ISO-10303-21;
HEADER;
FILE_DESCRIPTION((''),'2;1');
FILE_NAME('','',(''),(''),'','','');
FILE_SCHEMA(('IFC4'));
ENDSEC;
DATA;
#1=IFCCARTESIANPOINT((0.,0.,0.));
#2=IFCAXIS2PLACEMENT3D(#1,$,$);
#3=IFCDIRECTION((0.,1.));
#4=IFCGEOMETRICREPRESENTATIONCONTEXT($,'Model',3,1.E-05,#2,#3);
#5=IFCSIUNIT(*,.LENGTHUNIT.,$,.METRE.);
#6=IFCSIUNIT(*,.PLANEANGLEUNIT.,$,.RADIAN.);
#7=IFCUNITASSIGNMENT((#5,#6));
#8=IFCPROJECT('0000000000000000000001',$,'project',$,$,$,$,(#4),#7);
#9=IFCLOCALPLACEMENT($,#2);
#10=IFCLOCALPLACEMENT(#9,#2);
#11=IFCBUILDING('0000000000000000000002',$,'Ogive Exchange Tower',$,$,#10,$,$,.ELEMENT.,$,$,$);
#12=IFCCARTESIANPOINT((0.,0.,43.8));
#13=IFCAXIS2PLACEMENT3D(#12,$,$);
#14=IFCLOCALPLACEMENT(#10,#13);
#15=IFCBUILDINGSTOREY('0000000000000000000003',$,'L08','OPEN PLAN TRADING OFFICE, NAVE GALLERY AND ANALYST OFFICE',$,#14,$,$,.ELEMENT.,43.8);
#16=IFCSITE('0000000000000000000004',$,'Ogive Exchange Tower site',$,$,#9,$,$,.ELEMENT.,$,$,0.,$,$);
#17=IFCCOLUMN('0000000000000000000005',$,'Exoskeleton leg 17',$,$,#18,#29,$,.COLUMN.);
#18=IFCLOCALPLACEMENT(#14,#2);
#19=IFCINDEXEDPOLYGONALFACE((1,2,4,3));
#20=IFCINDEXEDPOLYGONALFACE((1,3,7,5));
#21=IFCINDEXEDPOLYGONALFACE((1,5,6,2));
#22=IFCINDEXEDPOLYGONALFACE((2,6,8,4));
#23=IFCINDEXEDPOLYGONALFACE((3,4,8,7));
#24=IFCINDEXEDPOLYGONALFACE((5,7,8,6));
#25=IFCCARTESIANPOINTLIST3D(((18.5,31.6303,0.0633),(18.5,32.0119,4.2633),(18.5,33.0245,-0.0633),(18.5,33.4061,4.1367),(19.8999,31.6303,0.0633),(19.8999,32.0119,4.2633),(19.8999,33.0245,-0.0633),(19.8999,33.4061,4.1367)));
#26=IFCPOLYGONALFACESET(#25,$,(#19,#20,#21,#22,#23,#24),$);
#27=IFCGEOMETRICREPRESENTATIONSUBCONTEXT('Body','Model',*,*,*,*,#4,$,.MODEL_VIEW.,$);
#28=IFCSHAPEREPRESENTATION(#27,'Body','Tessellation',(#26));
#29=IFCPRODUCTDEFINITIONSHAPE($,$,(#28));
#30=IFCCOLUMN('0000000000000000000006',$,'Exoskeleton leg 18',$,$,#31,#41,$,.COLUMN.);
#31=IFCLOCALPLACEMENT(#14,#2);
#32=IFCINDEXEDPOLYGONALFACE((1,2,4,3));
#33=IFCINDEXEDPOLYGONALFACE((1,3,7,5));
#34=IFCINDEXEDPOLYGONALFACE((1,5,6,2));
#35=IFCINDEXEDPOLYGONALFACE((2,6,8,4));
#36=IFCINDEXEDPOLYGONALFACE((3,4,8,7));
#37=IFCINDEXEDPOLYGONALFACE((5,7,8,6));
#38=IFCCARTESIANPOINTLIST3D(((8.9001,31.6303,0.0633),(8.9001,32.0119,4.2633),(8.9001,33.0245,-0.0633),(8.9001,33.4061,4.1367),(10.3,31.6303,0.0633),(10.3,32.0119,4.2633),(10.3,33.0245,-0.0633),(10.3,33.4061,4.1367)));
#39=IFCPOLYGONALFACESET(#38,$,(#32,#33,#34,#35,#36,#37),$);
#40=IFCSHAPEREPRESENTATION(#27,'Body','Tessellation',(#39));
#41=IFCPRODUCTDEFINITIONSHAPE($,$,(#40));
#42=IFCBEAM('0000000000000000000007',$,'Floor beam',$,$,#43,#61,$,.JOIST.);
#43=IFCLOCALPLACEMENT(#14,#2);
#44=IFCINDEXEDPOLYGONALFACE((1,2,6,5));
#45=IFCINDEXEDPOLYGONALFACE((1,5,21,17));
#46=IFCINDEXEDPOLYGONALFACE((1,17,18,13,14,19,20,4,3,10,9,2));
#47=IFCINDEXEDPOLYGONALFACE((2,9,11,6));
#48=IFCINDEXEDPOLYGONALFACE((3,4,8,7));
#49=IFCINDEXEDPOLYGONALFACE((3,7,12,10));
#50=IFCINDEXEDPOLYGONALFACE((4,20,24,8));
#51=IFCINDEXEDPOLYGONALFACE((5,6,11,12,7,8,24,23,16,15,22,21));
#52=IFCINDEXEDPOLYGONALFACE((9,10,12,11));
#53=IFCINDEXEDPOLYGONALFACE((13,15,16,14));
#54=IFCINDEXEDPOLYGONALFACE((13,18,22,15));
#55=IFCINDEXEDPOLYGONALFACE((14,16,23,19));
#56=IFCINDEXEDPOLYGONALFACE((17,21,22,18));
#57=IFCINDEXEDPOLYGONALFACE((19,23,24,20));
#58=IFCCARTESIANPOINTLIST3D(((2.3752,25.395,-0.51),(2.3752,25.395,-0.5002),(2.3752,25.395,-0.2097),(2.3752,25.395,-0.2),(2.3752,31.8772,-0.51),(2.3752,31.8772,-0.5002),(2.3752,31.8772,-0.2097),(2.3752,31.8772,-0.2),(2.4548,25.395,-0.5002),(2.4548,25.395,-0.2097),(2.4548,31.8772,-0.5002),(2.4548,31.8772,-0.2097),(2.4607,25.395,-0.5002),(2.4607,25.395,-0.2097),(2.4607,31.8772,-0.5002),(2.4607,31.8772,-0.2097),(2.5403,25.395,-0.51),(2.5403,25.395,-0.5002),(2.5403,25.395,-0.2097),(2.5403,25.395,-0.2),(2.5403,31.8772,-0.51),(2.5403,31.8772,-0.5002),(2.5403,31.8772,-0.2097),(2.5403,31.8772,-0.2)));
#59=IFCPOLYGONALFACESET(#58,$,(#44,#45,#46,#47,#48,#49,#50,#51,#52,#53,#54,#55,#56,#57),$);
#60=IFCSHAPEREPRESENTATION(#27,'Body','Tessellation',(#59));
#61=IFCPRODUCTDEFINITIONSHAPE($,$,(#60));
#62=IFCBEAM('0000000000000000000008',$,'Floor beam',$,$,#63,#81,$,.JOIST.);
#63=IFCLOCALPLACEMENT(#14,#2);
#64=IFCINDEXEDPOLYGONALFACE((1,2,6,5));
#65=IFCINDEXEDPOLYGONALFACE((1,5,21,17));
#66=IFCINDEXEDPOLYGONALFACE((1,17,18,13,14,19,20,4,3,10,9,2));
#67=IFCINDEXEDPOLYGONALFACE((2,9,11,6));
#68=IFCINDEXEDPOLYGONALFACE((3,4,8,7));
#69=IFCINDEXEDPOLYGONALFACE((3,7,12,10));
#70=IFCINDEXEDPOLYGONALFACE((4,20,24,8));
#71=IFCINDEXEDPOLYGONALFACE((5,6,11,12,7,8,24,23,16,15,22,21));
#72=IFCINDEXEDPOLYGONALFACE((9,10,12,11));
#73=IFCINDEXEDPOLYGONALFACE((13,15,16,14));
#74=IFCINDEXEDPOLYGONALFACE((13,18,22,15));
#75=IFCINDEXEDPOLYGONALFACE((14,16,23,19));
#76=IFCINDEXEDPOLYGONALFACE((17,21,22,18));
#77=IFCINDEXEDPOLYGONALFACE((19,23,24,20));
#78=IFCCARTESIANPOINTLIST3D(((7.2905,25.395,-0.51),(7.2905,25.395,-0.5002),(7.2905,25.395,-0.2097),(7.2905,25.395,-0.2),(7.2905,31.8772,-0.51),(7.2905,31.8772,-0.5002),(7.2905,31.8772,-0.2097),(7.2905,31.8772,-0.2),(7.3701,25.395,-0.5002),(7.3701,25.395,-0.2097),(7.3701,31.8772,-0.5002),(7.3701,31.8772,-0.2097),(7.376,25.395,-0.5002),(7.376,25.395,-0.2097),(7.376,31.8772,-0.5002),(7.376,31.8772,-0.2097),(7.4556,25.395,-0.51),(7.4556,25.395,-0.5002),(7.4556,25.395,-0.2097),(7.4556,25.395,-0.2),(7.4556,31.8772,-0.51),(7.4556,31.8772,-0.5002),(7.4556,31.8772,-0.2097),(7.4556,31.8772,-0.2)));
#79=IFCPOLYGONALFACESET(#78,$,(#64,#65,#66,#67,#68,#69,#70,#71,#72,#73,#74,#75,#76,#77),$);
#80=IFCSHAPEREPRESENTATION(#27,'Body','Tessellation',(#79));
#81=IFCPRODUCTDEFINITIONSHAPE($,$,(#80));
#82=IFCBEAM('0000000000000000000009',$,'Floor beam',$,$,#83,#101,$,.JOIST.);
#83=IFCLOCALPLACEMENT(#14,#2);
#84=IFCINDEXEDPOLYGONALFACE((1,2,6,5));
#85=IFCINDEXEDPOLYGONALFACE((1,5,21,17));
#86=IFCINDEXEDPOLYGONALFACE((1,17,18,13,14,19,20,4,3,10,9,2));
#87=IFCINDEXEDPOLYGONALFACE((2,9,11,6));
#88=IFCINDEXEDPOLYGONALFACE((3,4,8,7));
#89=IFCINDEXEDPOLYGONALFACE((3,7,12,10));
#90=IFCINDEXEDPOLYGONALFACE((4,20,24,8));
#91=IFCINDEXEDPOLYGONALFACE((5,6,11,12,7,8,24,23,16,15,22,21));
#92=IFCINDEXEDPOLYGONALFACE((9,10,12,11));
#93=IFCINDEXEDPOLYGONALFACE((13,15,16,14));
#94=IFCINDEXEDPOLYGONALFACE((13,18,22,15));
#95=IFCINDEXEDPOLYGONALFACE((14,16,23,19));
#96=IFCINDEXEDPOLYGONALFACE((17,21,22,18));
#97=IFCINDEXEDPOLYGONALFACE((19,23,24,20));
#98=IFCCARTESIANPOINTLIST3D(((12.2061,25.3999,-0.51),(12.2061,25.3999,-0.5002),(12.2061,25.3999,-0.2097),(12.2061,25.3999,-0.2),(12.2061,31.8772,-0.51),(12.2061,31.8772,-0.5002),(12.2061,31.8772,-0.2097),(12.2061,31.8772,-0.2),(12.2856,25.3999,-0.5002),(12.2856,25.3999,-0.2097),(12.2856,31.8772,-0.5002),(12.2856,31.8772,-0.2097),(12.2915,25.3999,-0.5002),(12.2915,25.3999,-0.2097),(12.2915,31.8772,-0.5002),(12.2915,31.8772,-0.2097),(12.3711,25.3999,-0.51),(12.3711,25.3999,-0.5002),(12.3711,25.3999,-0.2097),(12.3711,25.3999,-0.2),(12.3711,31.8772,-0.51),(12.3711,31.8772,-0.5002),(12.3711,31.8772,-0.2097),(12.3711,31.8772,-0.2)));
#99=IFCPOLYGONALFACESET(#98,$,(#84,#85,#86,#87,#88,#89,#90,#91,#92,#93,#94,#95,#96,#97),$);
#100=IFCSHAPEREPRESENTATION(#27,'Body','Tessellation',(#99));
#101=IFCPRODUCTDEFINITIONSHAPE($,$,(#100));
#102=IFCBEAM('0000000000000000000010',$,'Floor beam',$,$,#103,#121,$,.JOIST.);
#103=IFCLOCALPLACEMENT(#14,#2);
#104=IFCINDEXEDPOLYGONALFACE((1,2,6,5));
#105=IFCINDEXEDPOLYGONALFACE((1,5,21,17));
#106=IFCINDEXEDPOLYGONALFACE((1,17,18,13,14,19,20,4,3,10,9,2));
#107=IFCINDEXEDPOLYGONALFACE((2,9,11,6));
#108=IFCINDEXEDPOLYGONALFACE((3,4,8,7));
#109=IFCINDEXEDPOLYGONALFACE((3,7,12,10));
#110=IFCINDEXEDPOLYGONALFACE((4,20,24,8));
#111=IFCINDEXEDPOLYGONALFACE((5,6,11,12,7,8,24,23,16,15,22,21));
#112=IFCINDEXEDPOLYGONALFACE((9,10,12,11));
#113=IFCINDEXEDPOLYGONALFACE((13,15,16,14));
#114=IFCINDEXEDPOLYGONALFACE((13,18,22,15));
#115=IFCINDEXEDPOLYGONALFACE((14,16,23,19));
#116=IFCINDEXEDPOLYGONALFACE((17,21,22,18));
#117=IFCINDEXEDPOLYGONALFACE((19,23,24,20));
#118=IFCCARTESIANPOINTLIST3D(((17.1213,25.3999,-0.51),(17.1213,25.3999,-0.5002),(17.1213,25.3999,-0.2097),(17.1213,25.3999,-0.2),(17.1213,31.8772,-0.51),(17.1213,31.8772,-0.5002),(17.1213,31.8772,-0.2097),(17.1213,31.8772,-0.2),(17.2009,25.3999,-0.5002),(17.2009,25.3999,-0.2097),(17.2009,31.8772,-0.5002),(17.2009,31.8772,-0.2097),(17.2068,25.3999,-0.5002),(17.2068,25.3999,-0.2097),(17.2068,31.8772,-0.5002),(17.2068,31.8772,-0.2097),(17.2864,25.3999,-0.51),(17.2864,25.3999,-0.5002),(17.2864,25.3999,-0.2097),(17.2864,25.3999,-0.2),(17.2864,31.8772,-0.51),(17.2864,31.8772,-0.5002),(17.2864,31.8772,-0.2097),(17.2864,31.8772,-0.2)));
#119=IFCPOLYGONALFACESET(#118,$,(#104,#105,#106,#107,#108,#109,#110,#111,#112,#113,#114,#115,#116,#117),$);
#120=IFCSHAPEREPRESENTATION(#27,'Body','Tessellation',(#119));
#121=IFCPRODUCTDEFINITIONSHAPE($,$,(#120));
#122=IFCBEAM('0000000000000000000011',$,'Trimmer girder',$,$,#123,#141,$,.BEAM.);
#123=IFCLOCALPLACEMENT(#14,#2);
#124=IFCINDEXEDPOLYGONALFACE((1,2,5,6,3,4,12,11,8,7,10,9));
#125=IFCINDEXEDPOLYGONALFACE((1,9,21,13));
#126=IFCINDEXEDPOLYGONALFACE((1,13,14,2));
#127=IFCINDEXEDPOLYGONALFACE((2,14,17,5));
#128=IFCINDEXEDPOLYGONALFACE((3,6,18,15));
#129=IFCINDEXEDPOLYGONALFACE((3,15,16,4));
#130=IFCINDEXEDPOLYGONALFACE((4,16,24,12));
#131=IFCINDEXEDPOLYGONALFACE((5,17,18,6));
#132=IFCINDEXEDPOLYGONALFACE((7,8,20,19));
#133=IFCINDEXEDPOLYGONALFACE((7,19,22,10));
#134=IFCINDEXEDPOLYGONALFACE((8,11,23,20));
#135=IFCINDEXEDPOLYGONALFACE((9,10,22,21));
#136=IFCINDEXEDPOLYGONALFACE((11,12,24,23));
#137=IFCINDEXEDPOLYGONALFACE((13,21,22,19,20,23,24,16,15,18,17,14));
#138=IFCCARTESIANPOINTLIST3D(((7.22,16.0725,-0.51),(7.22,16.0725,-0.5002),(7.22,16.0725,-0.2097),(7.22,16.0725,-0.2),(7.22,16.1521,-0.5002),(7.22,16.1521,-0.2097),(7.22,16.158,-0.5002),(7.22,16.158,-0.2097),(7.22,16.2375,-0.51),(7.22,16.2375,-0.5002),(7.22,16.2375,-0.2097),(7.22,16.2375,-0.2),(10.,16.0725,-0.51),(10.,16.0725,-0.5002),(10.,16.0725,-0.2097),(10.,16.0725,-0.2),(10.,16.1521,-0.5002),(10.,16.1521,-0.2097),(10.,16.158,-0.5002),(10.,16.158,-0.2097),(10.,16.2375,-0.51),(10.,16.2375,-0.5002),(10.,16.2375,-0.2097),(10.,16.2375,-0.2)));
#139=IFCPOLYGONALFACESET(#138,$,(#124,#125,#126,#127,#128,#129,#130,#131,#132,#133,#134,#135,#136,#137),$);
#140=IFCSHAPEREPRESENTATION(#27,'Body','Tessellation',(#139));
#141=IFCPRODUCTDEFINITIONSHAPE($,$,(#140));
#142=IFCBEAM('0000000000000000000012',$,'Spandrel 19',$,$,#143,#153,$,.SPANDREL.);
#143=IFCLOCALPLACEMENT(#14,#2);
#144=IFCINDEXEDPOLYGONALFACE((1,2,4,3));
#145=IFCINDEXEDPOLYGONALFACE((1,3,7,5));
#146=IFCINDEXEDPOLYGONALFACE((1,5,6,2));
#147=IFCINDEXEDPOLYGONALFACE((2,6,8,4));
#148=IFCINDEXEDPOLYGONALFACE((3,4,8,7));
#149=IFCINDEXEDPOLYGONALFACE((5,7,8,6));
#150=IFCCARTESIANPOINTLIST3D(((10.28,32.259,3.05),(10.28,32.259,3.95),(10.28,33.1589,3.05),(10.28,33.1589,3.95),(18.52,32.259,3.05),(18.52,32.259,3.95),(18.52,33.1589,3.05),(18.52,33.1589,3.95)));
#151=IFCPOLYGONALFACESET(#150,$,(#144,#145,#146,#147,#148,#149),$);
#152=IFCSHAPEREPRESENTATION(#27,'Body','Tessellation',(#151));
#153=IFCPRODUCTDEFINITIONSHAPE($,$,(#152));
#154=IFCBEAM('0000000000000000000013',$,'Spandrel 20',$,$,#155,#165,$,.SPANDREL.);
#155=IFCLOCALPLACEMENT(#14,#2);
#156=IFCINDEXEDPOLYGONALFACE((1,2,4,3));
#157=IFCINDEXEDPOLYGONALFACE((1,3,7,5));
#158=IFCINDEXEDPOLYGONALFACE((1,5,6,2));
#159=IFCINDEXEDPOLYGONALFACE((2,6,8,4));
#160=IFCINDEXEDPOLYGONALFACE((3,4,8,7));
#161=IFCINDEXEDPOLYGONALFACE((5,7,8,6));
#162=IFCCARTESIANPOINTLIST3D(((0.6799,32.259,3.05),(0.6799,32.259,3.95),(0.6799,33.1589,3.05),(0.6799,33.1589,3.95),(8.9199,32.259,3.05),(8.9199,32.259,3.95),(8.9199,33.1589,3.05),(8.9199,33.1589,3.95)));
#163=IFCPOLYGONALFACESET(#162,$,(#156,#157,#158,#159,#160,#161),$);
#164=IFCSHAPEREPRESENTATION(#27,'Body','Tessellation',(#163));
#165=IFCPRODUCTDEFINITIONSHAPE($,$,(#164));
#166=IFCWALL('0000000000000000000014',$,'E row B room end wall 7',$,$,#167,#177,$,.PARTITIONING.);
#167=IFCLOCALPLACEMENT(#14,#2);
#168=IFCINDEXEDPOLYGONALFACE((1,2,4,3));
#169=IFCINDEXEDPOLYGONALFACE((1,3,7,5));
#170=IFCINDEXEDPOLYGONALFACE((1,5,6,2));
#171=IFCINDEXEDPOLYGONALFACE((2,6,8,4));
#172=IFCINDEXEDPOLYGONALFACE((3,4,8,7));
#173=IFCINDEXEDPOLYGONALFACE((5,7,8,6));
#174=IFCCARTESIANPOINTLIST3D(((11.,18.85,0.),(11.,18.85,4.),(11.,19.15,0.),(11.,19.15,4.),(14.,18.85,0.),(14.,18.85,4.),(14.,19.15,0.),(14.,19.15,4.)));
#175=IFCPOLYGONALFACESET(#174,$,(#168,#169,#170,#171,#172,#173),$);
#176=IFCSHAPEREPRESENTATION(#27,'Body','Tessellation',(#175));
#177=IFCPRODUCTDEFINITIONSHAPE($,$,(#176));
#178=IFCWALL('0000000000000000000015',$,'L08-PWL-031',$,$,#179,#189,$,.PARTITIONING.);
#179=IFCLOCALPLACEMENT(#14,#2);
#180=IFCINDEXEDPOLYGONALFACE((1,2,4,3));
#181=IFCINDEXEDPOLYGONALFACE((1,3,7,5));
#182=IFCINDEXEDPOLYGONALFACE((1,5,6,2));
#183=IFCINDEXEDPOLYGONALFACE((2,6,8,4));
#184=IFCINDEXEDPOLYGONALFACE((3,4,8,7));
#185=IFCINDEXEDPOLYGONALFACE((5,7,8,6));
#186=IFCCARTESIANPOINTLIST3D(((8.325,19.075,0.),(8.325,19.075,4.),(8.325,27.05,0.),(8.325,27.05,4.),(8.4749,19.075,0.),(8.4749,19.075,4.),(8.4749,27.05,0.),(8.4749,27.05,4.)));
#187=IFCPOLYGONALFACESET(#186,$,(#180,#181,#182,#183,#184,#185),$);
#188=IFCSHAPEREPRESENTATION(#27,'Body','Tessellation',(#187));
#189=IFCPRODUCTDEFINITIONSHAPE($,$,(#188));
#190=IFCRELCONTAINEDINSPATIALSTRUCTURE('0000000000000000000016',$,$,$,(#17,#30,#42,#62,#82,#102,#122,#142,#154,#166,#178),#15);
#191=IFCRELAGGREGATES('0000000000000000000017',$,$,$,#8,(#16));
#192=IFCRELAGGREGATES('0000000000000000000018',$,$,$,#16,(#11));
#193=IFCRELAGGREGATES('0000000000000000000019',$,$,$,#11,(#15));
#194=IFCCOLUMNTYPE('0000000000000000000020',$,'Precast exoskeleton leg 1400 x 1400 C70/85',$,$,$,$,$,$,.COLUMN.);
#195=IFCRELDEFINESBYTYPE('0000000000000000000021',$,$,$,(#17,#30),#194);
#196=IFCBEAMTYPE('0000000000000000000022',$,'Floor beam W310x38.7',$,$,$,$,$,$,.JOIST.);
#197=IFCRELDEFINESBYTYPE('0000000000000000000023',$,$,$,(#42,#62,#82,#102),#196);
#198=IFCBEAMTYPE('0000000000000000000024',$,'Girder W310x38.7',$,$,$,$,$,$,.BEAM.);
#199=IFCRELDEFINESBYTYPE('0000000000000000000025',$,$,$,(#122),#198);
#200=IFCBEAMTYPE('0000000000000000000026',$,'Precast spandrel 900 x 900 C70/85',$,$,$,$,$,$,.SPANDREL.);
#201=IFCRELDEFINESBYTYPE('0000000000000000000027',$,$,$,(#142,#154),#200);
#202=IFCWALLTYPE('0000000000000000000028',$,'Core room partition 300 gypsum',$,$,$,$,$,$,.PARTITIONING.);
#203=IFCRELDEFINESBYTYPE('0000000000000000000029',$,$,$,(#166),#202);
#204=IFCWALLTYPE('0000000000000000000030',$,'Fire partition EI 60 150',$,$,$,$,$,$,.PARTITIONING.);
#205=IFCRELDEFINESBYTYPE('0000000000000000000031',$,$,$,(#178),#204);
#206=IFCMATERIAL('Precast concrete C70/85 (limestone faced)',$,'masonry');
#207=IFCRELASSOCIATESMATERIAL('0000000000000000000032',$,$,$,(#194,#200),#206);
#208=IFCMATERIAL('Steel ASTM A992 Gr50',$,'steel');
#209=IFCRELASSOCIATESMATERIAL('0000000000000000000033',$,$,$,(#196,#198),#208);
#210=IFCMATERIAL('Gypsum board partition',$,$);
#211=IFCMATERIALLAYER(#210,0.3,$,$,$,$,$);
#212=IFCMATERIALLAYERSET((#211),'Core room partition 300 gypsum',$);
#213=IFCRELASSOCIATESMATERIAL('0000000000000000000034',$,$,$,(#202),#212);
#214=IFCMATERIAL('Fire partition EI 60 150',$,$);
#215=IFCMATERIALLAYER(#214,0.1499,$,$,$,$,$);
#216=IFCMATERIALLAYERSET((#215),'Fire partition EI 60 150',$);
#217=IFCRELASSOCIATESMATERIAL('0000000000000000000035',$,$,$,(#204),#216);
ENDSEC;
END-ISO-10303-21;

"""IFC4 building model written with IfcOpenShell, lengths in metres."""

from ifc_helpers import new_model, si_unit, direction, frame, frame_2d, origin, origin_2d, place, context, subcontext, project, spatial, rectangle, i_section, extrude, material, layer, layer_set, material_profile, profile_set, type_object, element, save


model = new_model("IFC4")

# Units and contexts
model_context = context("Model", 3, precision=1e-05, world=origin(), true_north=direction((0.0, 1.0)))
body_context = subcontext(model_context, "Body", "Model", "MODEL_VIEW")
ifc_project = project(units=[si_unit("LENGTHUNIT", "METRE"), si_unit("PLANEANGLEUNIT", "RADIAN")], contexts=[model_context])

# Site, building, storey
site_placement = place(None, origin())
site = spatial("IfcSite", under=ifc_project, at=site_placement, Name="Ogive Exchange Tower site", CompositionType="ELEMENT", RefElevation=0.0)
building_placement = place(site_placement, origin())
building = spatial("IfcBuilding", under=site, at=building_placement, Name="Ogive Exchange Tower", CompositionType="ELEMENT")
storey_placement = place(building_placement, frame((0.0, 0.0, 43.8)))
storey = spatial("IfcBuildingStorey", under=building, at=storey_placement, Name="L08", Description="OPEN PLAN TRADING OFFICE, NAVE GALLERY AND ANALYST OFFICE", CompositionType="ELEMENT", Elevation=43.8)

# Columns
ifc_material_1 = material(Name="Precast concrete C70/85 (limestone faced)", Category="masonry")
ifc_material_profile_1 = material_profile(ifc_material_1, rectangle(XDim=1.3999, YDim=1.3999, at=origin_2d()), Name="1400 x 1400")
ifc_profile_set_1 = profile_set([ifc_material_profile_1], Name="Precast concrete C70/85 (limestone faced)")
column_type = type_object("IfcColumnType", Name="Precast exoskeleton leg 1400 x 1400 C70/85", PredefinedType="COLUMN", material=ifc_profile_set_1)
for number, where, z_axis, x_axis, name in (
    (1, (19.2, 32.3274, 0.0), (0.0, 0.090484, 0.995898), (-1.0, 0.0, 0.0), "Exoskeleton leg 17"),
    (2, (9.6001, 32.3274, 0.0), (0.0, 0.090484, 0.995898), (-1.0, 0.0, 0.0), "Exoskeleton leg 18"),
):
    element("IfcColumn", number, at=place(storey_placement, frame(where, z_axis=z_axis, x_axis=x_axis)), inside=storey, type_object=column_type, Name=name, PredefinedType="COLUMN", context=body_context, shape_type="SweptSolid", body=[
        extrude(rectangle(XDim=1.3999, YDim=1.3999, at=origin_2d()), origin(), (0.0, 0.0, 1.0), 4.2173),
    ])

# Beams
ifc_material_2 = material(Name="Steel ASTM A992 Gr50", Category="steel")
ifc_material_profile_2 = material_profile(ifc_material_2, i_section(OverallWidth=0.165, OverallDepth=0.3101, WebThickness=0.0059, FlangeThickness=0.0098, at=origin_2d()), Name="W310x38.7")
ifc_profile_set_2 = profile_set([ifc_material_profile_2], Name="Steel ASTM A992 Gr50")
beam_type_1 = type_object("IfcBeamType", Name="Floor beam W310x38.7", PredefinedType="JOIST", material=ifc_profile_set_2)
for number, where, z_axis, x_axis, name in (
    (3, (2.4578, 25.395, -0.355), (0.0, 1.0, 0.0), (-1.0, 0.0, 0.0), "Floor beam"),
    (4, (7.373, 25.395, -0.355), (0.0, 1.0, 0.0), (-1.0, 0.0, 0.0), "Floor beam"),
):
    element("IfcBeam", number, at=place(storey_placement, frame(where, z_axis=z_axis, x_axis=x_axis)), inside=storey, type_object=beam_type_1, Name=name, PredefinedType="JOIST", context=body_context, shape_type="SweptSolid", body=[
        extrude(i_section(OverallWidth=0.165, OverallDepth=0.3101, WebThickness=0.0059, FlangeThickness=0.0098, at=origin_2d()), origin(), (0.0, 0.0, 1.0), 6.4822),
    ])
for number, where, z_axis, x_axis, name in (
    (5, (12.2886, 25.3999, -0.355), (0.0, 1.0, 0.0), (-1.0, 0.0, 0.0), "Floor beam"),
    (6, (17.2039, 25.3999, -0.355), (0.0, 1.0, 0.0), (-1.0, 0.0, 0.0), "Floor beam"),
):
    element("IfcBeam", number, at=place(storey_placement, frame(where, z_axis=z_axis, x_axis=x_axis)), inside=storey, type_object=beam_type_1, Name=name, PredefinedType="JOIST", context=body_context, shape_type="SweptSolid", body=[
        extrude(i_section(OverallWidth=0.165, OverallDepth=0.3101, WebThickness=0.0059, FlangeThickness=0.0098, at=origin_2d()), origin(), (0.0, 0.0, 1.0), 6.4773),
    ])
ifc_material_profile_3 = material_profile(ifc_material_2, i_section(OverallWidth=0.165, OverallDepth=0.3101, WebThickness=0.0059, FlangeThickness=0.0098, at=origin_2d()), Name="W310x38.7")
ifc_profile_set_3 = profile_set([ifc_material_profile_3], Name="Steel ASTM A992 Gr50")
beam_type_2 = type_object("IfcBeamType", Name="Girder W310x38.7", PredefinedType="BEAM", material=ifc_profile_set_3)
beam_placement = place(storey_placement, frame((7.22, 16.155, -0.355), z_axis=(1.0, 0.0, 0.0), x_axis=(0.0, 1.0, 0.0)))
element("IfcBeam", 7, at=beam_placement, inside=storey, type_object=beam_type_2, Name="Trimmer girder", PredefinedType="BEAM", context=body_context, shape_type="SweptSolid", body=[
    extrude(i_section(OverallWidth=0.165, OverallDepth=0.3101, WebThickness=0.0059, FlangeThickness=0.0098, at=origin_2d()), origin(), (0.0, 0.0, 1.0), 2.78),
])
ifc_material_profile_4 = material_profile(ifc_material_1, rectangle(XDim=0.8999, YDim=0.8999, at=origin_2d()), Name="900 x 900")
ifc_profile_set_4 = profile_set([ifc_material_profile_4], Name="Precast concrete C70/85 (limestone faced)")
beam_type_3 = type_object("IfcBeamType", Name="Precast spandrel 900 x 900 C70/85", PredefinedType="SPANDREL", material=ifc_profile_set_4)
for number, where, z_axis, x_axis, name in (
    (8, (18.52, 32.709, 3.5), (-1.0, 0.0, 0.0), (0.0, -1.0, 0.0), "Spandrel 19"),
    (9, (8.9199, 32.709, 3.5), (-1.0, 0.0, 0.0), (0.0, -1.0, 0.0), "Spandrel 20"),
):
    element("IfcBeam", number, at=place(storey_placement, frame(where, z_axis=z_axis, x_axis=x_axis)), inside=storey, type_object=beam_type_3, Name=name, PredefinedType="SPANDREL", context=body_context, shape_type="SweptSolid", body=[
        extrude(rectangle(XDim=0.8999, YDim=0.8999, at=origin_2d()), origin(), (0.0, 0.0, 1.0), 8.24),
    ])

# Walls
ifc_material_3 = material(Name="Gypsum board partition")
ifc_layer_1 = layer(ifc_material_3, 0.3)
ifc_layer_set_1 = layer_set([ifc_layer_1], Name="Core room partition 300 gypsum")
wall_type_1 = type_object("IfcWallType", Name="Core room partition 300 gypsum", PredefinedType="PARTITIONING", material=ifc_layer_set_1)
wall_1_placement = place(storey_placement, frame((11.0, 19.0, 0.0), z_axis=(0.0, 0.0, 1.0), x_axis=(1.0, 0.0, 0.0)))
element("IfcWall", 10, at=wall_1_placement, inside=storey, type_object=wall_type_1, Name="E row B room end wall 7", PredefinedType="PARTITIONING", context=body_context, shape_type="SweptSolid", body=[
    extrude(rectangle(XDim=3.0, YDim=0.3, at=frame_2d((1.5, 0.0))), origin(), (0.0, 0.0, 1.0), 4.0),
])
ifc_material_4 = material(Name="Fire partition EI 60 150")
ifc_layer_2 = layer(ifc_material_4, 0.1499)
ifc_layer_set_2 = layer_set([ifc_layer_2], Name="Fire partition EI 60 150")
wall_type_2 = type_object("IfcWallType", Name="Fire partition EI 60 150", PredefinedType="PARTITIONING", material=ifc_layer_set_2)
wall_2_placement = place(storey_placement, frame((8.3999, 19.075, 0.0), z_axis=(0.0, 0.0, 1.0), x_axis=(0.0, 1.0, 0.0)))
element("IfcWall", 11, at=wall_2_placement, inside=storey, type_object=wall_type_2, Name="L08-PWL-031", PredefinedType="PARTITIONING", context=body_context, shape_type="SweptSolid", body=[
    extrude(rectangle(XDim=7.9751, YDim=0.1499, at=frame_2d((3.9875, 0.0))), origin(), (0.0, 0.0, 1.0), 4.0),
])

save(model, "model.ifc")
